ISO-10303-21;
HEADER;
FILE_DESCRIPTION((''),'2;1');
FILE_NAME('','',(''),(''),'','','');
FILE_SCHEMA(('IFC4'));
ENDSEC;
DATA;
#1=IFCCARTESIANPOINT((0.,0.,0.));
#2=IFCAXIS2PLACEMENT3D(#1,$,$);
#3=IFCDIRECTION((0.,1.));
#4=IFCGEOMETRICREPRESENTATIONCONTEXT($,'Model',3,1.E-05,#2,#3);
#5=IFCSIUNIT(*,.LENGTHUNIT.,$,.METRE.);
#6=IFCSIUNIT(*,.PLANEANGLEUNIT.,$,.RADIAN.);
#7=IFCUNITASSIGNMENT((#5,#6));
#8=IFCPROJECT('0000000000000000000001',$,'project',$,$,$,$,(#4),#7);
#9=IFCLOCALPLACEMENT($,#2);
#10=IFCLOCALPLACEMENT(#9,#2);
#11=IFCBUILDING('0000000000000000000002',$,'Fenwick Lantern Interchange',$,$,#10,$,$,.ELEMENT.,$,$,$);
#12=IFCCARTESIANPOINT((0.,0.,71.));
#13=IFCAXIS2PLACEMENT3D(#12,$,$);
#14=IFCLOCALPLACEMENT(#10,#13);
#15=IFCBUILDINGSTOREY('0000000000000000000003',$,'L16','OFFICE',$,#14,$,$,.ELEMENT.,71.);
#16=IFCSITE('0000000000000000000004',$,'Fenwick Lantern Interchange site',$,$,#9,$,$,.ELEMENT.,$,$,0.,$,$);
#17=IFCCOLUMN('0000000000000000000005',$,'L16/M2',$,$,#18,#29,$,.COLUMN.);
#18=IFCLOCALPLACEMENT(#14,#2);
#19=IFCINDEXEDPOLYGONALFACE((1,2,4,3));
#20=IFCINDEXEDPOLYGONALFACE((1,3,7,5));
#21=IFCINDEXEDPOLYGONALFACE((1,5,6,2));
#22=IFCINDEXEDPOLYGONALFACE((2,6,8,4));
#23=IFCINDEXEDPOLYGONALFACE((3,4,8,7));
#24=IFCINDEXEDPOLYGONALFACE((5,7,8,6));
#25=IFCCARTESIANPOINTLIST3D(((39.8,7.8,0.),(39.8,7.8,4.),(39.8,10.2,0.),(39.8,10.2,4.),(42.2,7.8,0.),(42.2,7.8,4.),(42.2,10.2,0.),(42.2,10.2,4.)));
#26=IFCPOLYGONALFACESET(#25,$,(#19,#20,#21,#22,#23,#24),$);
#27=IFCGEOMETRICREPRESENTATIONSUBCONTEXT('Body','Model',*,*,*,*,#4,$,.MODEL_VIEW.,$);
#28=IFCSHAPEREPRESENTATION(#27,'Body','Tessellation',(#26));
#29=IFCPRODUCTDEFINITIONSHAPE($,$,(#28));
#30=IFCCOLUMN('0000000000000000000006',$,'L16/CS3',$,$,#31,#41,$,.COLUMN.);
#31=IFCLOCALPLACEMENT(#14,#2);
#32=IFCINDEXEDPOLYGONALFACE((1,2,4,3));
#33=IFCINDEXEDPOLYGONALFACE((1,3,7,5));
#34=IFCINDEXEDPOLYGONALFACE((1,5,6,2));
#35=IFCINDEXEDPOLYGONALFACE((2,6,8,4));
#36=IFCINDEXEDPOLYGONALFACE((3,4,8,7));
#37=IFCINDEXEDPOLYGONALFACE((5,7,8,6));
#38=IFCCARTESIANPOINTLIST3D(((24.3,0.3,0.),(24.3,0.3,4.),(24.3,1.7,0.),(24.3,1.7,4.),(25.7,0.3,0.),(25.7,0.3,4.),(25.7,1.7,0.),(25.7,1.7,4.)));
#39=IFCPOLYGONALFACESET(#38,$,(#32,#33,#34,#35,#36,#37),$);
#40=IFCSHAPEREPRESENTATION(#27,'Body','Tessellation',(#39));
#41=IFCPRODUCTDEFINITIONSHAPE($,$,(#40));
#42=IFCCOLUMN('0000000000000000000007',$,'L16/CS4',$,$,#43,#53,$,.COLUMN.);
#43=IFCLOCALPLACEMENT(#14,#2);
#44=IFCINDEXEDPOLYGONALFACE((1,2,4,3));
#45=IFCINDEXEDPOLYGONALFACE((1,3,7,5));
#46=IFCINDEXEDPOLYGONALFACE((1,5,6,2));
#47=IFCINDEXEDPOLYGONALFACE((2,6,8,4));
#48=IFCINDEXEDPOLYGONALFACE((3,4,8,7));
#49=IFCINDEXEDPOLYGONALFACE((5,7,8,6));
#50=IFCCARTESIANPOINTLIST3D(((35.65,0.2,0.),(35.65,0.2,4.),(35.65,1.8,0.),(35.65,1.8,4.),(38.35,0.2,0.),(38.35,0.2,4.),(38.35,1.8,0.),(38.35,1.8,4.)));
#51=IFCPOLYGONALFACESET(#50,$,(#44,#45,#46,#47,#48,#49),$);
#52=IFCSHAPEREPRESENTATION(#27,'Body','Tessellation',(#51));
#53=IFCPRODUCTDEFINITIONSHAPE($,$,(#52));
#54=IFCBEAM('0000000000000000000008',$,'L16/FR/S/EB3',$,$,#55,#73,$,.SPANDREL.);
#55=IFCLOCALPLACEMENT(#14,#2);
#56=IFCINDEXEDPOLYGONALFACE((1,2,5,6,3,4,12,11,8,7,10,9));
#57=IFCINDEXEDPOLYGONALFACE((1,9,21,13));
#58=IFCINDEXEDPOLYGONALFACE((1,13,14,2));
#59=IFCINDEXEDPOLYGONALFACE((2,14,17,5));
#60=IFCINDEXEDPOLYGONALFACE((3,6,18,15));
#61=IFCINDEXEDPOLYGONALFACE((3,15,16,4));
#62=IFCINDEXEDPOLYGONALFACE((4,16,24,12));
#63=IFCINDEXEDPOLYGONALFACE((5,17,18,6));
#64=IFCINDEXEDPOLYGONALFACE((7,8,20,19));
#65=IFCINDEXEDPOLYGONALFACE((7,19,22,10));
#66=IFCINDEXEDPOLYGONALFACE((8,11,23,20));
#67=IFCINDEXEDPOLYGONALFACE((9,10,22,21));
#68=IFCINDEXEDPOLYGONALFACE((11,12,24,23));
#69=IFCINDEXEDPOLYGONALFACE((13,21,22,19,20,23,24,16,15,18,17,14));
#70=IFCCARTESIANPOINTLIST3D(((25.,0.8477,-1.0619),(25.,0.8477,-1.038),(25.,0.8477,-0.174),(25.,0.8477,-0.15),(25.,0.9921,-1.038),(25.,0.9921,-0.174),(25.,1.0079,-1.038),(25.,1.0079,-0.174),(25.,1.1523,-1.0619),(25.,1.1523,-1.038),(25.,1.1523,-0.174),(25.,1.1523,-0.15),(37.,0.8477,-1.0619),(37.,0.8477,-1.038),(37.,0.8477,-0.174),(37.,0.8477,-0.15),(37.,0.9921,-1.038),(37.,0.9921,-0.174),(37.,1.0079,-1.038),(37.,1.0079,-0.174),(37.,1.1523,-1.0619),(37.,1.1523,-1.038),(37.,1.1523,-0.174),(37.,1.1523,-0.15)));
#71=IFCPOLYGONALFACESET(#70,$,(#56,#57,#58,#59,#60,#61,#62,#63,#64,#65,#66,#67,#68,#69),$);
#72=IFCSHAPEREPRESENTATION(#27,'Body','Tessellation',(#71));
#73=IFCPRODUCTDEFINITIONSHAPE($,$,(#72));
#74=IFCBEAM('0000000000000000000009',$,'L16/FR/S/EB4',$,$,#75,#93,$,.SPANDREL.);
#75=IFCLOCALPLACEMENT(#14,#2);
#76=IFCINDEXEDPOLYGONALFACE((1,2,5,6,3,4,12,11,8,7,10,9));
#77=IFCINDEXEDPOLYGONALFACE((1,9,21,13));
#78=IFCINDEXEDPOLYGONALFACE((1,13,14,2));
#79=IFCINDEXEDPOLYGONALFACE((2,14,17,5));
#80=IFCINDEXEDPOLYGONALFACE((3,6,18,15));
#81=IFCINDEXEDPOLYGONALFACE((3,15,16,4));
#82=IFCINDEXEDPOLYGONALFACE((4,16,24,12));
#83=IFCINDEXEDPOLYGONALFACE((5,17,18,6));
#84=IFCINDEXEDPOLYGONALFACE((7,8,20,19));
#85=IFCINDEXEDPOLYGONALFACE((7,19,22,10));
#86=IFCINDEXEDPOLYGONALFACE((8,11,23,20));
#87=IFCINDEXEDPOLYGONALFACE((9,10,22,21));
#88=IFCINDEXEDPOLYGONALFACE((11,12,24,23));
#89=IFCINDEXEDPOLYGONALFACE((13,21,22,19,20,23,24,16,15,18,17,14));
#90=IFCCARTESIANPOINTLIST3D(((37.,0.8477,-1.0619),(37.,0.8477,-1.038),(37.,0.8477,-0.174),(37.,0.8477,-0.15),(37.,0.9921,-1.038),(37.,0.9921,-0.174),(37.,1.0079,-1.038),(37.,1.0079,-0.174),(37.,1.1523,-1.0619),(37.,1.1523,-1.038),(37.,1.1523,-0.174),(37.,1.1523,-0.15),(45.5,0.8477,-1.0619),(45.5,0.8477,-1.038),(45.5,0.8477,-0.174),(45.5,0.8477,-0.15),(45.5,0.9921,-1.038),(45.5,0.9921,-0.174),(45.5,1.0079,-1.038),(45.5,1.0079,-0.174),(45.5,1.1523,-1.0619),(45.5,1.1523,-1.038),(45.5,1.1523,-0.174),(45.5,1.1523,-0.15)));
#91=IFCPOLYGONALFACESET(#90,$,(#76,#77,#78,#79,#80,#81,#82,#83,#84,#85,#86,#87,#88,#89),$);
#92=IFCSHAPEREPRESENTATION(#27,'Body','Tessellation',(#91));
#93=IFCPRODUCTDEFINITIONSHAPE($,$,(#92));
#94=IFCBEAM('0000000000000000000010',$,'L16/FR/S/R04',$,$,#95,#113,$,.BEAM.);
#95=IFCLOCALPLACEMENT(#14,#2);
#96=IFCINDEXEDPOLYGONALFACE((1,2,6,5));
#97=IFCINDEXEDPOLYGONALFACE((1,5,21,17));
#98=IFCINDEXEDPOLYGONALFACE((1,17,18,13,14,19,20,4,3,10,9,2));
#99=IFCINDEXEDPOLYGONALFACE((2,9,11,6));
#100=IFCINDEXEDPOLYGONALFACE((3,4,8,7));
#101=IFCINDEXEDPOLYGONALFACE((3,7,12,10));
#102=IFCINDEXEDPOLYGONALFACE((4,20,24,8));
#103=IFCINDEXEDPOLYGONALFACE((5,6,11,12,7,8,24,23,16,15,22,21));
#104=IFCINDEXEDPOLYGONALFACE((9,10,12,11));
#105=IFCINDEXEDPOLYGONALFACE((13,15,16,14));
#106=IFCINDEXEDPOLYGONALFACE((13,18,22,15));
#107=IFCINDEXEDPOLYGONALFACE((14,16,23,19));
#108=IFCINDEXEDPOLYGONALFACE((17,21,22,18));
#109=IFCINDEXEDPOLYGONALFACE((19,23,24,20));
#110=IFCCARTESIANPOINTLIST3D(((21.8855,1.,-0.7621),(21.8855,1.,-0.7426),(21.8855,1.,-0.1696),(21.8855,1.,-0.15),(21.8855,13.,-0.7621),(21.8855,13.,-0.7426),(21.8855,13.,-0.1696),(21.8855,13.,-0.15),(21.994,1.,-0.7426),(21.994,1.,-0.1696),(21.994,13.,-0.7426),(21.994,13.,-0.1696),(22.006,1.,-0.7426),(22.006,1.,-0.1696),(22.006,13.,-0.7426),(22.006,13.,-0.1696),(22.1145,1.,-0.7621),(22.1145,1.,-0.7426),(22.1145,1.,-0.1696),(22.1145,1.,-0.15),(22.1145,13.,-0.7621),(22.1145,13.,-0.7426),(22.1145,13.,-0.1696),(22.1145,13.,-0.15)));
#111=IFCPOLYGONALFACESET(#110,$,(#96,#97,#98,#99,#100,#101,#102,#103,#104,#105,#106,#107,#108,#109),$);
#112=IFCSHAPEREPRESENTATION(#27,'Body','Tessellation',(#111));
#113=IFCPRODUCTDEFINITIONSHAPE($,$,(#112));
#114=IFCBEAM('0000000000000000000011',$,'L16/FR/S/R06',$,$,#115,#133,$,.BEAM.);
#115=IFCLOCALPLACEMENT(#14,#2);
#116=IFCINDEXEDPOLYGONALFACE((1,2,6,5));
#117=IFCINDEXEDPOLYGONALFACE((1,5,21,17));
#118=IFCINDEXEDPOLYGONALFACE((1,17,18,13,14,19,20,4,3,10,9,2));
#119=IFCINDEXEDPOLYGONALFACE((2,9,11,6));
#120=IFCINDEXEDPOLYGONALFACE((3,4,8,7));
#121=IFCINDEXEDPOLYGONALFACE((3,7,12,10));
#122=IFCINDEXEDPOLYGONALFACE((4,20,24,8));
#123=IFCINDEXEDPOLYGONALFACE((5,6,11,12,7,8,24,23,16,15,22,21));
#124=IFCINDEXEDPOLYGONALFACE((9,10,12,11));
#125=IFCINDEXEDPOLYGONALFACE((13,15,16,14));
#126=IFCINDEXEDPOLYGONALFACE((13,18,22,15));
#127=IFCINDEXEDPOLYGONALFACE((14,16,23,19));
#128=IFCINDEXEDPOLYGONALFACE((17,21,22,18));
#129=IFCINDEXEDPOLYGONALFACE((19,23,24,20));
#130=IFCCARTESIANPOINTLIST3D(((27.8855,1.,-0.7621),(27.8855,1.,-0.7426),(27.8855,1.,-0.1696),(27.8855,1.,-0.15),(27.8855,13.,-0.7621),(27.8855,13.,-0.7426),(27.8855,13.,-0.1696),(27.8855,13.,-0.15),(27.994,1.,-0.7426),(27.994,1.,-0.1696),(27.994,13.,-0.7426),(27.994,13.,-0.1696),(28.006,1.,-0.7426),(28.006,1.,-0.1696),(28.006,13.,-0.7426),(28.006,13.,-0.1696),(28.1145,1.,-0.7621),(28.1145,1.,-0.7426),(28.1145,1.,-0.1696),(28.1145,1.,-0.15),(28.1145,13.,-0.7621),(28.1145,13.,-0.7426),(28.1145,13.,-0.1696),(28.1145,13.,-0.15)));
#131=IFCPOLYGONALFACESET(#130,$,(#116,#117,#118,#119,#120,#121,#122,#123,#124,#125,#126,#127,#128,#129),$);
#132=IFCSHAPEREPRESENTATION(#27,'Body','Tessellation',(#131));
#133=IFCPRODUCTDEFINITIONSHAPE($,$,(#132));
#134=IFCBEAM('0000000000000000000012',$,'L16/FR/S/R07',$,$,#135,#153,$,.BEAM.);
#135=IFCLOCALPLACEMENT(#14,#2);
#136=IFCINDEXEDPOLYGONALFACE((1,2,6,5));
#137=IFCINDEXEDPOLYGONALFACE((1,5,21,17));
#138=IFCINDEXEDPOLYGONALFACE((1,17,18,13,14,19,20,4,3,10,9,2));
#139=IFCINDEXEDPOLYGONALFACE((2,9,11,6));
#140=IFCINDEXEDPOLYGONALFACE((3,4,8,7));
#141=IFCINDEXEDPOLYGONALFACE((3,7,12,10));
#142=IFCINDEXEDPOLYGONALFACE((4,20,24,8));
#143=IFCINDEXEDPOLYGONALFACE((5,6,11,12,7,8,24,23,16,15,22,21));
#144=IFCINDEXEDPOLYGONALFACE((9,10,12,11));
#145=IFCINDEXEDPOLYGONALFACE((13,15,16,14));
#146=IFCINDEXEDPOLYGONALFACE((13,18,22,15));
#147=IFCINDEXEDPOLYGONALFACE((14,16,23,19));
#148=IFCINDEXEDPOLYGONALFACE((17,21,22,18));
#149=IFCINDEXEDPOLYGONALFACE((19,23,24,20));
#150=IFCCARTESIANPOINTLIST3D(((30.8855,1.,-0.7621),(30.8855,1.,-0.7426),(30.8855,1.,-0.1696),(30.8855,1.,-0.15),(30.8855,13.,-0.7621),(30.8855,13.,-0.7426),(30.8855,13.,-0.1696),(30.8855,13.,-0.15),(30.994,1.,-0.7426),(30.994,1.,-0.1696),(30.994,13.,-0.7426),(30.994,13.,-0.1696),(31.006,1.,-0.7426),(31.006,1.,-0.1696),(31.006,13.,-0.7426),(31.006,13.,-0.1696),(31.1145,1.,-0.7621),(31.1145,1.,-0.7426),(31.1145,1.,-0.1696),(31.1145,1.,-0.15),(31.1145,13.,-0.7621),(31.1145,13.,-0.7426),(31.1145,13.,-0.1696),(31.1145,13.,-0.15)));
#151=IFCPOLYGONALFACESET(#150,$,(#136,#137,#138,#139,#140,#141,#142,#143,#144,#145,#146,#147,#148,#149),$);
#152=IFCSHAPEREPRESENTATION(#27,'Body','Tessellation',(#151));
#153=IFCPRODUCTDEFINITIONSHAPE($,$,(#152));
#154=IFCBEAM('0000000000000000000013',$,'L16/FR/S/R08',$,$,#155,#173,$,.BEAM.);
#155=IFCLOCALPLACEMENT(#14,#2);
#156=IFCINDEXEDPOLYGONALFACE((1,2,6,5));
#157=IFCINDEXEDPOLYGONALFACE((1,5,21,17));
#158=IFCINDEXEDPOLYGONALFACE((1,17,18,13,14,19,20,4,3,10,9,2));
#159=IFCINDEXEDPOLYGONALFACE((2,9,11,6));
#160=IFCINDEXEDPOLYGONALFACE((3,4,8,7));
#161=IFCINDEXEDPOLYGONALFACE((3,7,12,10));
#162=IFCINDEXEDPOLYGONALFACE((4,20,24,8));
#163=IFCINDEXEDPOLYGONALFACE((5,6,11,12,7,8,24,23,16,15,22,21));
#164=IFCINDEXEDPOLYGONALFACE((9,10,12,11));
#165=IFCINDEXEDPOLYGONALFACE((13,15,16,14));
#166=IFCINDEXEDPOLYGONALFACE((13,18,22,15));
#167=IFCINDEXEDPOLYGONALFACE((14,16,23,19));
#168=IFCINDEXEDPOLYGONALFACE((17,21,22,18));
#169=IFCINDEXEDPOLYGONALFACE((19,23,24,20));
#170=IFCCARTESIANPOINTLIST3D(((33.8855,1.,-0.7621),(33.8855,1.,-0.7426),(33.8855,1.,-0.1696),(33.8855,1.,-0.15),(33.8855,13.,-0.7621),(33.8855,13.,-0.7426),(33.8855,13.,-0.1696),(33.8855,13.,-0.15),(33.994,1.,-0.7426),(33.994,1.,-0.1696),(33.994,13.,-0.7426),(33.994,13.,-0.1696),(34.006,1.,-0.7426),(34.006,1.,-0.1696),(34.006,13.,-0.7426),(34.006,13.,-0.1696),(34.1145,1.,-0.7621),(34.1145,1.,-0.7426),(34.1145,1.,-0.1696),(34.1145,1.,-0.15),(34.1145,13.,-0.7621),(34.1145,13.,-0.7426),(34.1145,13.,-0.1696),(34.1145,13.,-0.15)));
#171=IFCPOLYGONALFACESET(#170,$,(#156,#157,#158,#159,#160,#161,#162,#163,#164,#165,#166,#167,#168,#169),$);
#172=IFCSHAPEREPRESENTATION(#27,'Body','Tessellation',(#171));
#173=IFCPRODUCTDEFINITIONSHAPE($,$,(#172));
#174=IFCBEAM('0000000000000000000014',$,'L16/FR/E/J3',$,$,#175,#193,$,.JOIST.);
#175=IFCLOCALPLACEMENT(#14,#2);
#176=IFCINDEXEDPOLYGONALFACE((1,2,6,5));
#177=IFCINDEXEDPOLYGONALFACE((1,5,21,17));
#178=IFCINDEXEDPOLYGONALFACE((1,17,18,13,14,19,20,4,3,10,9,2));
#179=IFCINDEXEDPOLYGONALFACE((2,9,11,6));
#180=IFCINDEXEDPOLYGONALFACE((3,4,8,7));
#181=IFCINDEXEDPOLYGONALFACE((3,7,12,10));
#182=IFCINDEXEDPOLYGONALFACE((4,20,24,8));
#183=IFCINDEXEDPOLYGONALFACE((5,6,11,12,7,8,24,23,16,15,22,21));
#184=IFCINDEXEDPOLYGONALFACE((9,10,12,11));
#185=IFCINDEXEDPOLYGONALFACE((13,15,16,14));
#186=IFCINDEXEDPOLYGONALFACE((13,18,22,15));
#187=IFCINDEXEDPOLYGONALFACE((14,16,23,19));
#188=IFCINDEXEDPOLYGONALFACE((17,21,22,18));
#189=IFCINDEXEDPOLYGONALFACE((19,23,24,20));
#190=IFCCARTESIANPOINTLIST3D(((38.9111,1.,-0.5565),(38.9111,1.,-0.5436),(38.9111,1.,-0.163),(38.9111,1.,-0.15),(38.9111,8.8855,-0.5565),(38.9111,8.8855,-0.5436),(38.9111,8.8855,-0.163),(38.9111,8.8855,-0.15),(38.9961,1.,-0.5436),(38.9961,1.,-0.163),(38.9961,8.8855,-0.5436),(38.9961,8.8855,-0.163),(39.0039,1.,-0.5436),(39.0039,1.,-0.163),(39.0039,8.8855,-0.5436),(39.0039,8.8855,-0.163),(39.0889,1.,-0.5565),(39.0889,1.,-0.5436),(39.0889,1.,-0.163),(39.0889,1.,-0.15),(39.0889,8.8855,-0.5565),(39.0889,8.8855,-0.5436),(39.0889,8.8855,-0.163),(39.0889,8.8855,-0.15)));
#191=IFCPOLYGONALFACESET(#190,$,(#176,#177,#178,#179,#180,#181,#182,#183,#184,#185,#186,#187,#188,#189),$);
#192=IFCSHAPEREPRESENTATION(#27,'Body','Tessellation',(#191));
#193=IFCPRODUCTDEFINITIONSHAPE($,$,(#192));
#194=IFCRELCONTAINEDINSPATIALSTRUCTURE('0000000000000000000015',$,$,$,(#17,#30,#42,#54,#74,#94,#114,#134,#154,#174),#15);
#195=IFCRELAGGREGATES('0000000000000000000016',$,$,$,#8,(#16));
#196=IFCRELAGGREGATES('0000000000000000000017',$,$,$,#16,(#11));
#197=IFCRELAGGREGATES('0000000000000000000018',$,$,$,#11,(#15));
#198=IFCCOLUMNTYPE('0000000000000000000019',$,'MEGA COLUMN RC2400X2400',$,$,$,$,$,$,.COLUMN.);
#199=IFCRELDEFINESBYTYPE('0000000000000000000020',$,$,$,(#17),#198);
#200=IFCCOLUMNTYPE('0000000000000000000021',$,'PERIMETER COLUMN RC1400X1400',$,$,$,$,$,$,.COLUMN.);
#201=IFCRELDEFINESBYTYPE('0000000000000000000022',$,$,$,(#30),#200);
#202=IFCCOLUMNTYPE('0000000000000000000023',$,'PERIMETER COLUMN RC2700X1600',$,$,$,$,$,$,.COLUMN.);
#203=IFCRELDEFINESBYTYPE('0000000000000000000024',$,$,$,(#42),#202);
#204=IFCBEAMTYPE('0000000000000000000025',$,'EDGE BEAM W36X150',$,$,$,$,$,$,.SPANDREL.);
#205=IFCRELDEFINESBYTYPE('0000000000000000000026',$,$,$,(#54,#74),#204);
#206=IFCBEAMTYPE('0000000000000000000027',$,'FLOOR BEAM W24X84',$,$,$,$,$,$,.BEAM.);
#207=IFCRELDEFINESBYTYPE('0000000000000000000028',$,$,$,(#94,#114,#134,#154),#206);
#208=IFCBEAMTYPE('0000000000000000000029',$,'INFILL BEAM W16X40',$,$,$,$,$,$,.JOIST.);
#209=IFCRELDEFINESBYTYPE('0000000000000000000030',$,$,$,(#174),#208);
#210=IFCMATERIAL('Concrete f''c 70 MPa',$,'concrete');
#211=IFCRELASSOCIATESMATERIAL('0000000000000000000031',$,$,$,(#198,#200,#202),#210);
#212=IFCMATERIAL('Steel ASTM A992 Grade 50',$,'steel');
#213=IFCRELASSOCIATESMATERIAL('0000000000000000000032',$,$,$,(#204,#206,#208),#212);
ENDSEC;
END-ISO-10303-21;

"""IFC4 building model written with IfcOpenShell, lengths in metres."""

from ifc_helpers import new_model, si_unit, direction, frame, origin, origin_2d, place, context, subcontext, project, spatial, rectangle, i_section, extrude, material, material_profile, profile_set, type_object, element, save


model = new_model("IFC4")

# Units and contexts
model_context = context("Model", 3, precision=1e-05, world=origin(), true_north=direction((0.0, 1.0)))
body_context = subcontext(model_context, "Body", "Model", "MODEL_VIEW")
ifc_project = project(units=[si_unit("LENGTHUNIT", "METRE"), si_unit("PLANEANGLEUNIT", "RADIAN")], contexts=[model_context])

# Site, building, storey
site_placement = place(None, origin())
site = spatial("IfcSite", under=ifc_project, at=site_placement, Name="Fenwick Lantern Interchange site", CompositionType="ELEMENT", RefElevation=0.0)
building_placement = place(site_placement, origin())
building = spatial("IfcBuilding", under=site, at=building_placement, Name="Fenwick Lantern Interchange", CompositionType="ELEMENT")
storey_placement = place(building_placement, frame((0.0, 0.0, 71.0)))
storey = spatial("IfcBuildingStorey", under=building, at=storey_placement, Name="L16", Description="OFFICE", CompositionType="ELEMENT", Elevation=71.0)

# Columns
ifc_material_1 = material(Name="Concrete f'c 70 MPa", Category="concrete")
ifc_material_profile_1 = material_profile(ifc_material_1, rectangle(XDim=2.3999, YDim=2.3999, at=origin_2d()), Name="RC2400X2400")
ifc_profile_set_1 = profile_set([ifc_material_profile_1], Name="Concrete f'c 70 MPa")
column_type_1 = type_object("IfcColumnType", Name="MEGA COLUMN RC2400X2400", PredefinedType="COLUMN", material=ifc_profile_set_1)
column_1_placement = place(storey_placement, frame((41.0, 9.0, 0.0), z_axis=(0.0, 0.0, 1.0), x_axis=(1.0, 0.0, 0.0)))
element("IfcColumn", 1, at=column_1_placement, inside=storey, type_object=column_type_1, Name="L16/M2", PredefinedType="COLUMN", context=body_context, shape_type="SweptSolid", body=[
    extrude(rectangle(XDim=2.3999, YDim=2.3999, at=origin_2d()), origin(), (0.0, 0.0, 1.0), 4.0),
])
ifc_material_profile_2 = material_profile(ifc_material_1, rectangle(XDim=1.3999, YDim=1.3999, at=origin_2d()), Name="RC1400X1400")
ifc_profile_set_2 = profile_set([ifc_material_profile_2], Name="Concrete f'c 70 MPa")
column_type_2 = type_object("IfcColumnType", Name="PERIMETER COLUMN RC1400X1400", PredefinedType="COLUMN", material=ifc_profile_set_2)
column_2_placement = place(storey_placement, frame((25.0, 1.0, 0.0), z_axis=(0.0, 0.0, 1.0), x_axis=(1.0, 0.0, 0.0)))
element("IfcColumn", 2, at=column_2_placement, inside=storey, type_object=column_type_2, Name="L16/CS3", PredefinedType="COLUMN", context=body_context, shape_type="SweptSolid", body=[
    extrude(rectangle(XDim=1.3999, YDim=1.3999, at=origin_2d()), origin(), (0.0, 0.0, 1.0), 4.0),
])
ifc_material_profile_3 = material_profile(ifc_material_1, rectangle(XDim=2.7, YDim=1.6001, at=origin_2d()), Name="RC2700X1600")
ifc_profile_set_3 = profile_set([ifc_material_profile_3], Name="Concrete f'c 70 MPa")
column_type_3 = type_object("IfcColumnType", Name="PERIMETER COLUMN RC2700X1600", PredefinedType="COLUMN", material=ifc_profile_set_3)
column_3_placement = place(storey_placement, frame((37.0, 1.0, 0.0), z_axis=(0.0, 0.0, 1.0), x_axis=(1.0, 0.0, 0.0)))
element("IfcColumn", 3, at=column_3_placement, inside=storey, type_object=column_type_3, Name="L16/CS4", PredefinedType="COLUMN", context=body_context, shape_type="SweptSolid", body=[
    extrude(rectangle(XDim=2.7, YDim=1.6001, at=origin_2d()), origin(), (0.0, 0.0, 1.0), 4.0),
])

# Beams
ifc_material_2 = material(Name="Steel ASTM A992 Grade 50", Category="steel")
ifc_material_profile_4 = material_profile(ifc_material_2, i_section(OverallWidth=0.3047, OverallDepth=0.9119, WebThickness=0.0159, FlangeThickness=0.0239, at=origin_2d()), Name="W36X150")
ifc_profile_set_4 = profile_set([ifc_material_profile_4], Name="Steel ASTM A992 Grade 50")
beam_type_1 = type_object("IfcBeamType", Name="EDGE BEAM W36X150", PredefinedType="SPANDREL", material=ifc_profile_set_4)
beam_1_placement = place(storey_placement, frame((25.0, 1.0, -0.606), z_axis=(1.0, 0.0, 0.0), x_axis=(0.0, 1.0, 0.0)))
element("IfcBeam", 4, at=beam_1_placement, inside=storey, type_object=beam_type_1, Name="L16/FR/S/EB3", PredefinedType="SPANDREL", context=body_context, shape_type="SweptSolid", body=[
    extrude(i_section(OverallWidth=0.3047, OverallDepth=0.9119, WebThickness=0.0159, FlangeThickness=0.0239, at=origin_2d()), origin(), (0.0, 0.0, 1.0), 12.0),
])
beam_2_placement = place(storey_placement, frame((37.0, 1.0, -0.606), z_axis=(1.0, 0.0, 0.0), x_axis=(0.0, 1.0, 0.0)))
element("IfcBeam", 5, at=beam_2_placement, inside=storey, type_object=beam_type_1, Name="L16/FR/S/EB4", PredefinedType="SPANDREL", context=body_context, shape_type="SweptSolid", body=[
    extrude(i_section(OverallWidth=0.3047, OverallDepth=0.9119, WebThickness=0.0159, FlangeThickness=0.0239, at=origin_2d()), origin(), (0.0, 0.0, 1.0), 8.5),
])
ifc_material_profile_5 = material_profile(ifc_material_2, i_section(OverallWidth=0.229, OverallDepth=0.6121, WebThickness=0.012, FlangeThickness=0.0195, at=origin_2d()), Name="W24X84")
ifc_profile_set_5 = profile_set([ifc_material_profile_5], Name="Steel ASTM A992 Grade 50")
beam_type_2 = type_object("IfcBeamType", Name="FLOOR BEAM W24X84", PredefinedType="BEAM", material=ifc_profile_set_5)
for number, where, z_axis, x_axis, name in (
    (6, (22.0, 1.0, -0.4561), (0.0, 1.0, 0.0), (-1.0, 0.0, 0.0), "L16/FR/S/R04"),
    (7, (28.0, 1.0, -0.4561), (0.0, 1.0, 0.0), (-1.0, 0.0, 0.0), "L16/FR/S/R06"),
    (8, (31.0, 1.0, -0.4561), (0.0, 1.0, 0.0), (-1.0, 0.0, 0.0), "L16/FR/S/R07"),
    (9, (34.0, 1.0, -0.4561), (0.0, 1.0, 0.0), (-1.0, 0.0, 0.0), "L16/FR/S/R08"),
):
    element("IfcBeam", number, at=place(storey_placement, frame(where, z_axis=z_axis, x_axis=x_axis)), inside=storey, type_object=beam_type_2, Name=name, PredefinedType="BEAM", context=body_context, shape_type="SweptSolid", body=[
        extrude(i_section(OverallWidth=0.229, OverallDepth=0.6121, WebThickness=0.012, FlangeThickness=0.0195, at=origin_2d()), origin(), (0.0, 0.0, 1.0), 12.0),
    ])
ifc_material_profile_6 = material_profile(ifc_material_2, i_section(OverallWidth=0.1777, OverallDepth=0.4065, WebThickness=0.0078, FlangeThickness=0.0129, at=origin_2d()), Name="W16X40")
ifc_profile_set_6 = profile_set([ifc_material_profile_6], Name="Steel ASTM A992 Grade 50")
beam_type_3 = type_object("IfcBeamType", Name="INFILL BEAM W16X40", PredefinedType="JOIST", material=ifc_profile_set_6)
beam_3_placement = place(storey_placement, frame((39.0, 1.0, -0.3533), z_axis=(0.0, 1.0, 0.0), x_axis=(-1.0, 0.0, 0.0)))
element("IfcBeam", 10, at=beam_3_placement, inside=storey, type_object=beam_type_3, Name="L16/FR/E/J3", PredefinedType="JOIST", context=body_context, shape_type="SweptSolid", body=[
    extrude(i_section(OverallWidth=0.1777, OverallDepth=0.4065, WebThickness=0.0078, FlangeThickness=0.0129, at=origin_2d()), origin(), (0.0, 0.0, 1.0), 7.8855),
])

save(model, "model.ifc")
